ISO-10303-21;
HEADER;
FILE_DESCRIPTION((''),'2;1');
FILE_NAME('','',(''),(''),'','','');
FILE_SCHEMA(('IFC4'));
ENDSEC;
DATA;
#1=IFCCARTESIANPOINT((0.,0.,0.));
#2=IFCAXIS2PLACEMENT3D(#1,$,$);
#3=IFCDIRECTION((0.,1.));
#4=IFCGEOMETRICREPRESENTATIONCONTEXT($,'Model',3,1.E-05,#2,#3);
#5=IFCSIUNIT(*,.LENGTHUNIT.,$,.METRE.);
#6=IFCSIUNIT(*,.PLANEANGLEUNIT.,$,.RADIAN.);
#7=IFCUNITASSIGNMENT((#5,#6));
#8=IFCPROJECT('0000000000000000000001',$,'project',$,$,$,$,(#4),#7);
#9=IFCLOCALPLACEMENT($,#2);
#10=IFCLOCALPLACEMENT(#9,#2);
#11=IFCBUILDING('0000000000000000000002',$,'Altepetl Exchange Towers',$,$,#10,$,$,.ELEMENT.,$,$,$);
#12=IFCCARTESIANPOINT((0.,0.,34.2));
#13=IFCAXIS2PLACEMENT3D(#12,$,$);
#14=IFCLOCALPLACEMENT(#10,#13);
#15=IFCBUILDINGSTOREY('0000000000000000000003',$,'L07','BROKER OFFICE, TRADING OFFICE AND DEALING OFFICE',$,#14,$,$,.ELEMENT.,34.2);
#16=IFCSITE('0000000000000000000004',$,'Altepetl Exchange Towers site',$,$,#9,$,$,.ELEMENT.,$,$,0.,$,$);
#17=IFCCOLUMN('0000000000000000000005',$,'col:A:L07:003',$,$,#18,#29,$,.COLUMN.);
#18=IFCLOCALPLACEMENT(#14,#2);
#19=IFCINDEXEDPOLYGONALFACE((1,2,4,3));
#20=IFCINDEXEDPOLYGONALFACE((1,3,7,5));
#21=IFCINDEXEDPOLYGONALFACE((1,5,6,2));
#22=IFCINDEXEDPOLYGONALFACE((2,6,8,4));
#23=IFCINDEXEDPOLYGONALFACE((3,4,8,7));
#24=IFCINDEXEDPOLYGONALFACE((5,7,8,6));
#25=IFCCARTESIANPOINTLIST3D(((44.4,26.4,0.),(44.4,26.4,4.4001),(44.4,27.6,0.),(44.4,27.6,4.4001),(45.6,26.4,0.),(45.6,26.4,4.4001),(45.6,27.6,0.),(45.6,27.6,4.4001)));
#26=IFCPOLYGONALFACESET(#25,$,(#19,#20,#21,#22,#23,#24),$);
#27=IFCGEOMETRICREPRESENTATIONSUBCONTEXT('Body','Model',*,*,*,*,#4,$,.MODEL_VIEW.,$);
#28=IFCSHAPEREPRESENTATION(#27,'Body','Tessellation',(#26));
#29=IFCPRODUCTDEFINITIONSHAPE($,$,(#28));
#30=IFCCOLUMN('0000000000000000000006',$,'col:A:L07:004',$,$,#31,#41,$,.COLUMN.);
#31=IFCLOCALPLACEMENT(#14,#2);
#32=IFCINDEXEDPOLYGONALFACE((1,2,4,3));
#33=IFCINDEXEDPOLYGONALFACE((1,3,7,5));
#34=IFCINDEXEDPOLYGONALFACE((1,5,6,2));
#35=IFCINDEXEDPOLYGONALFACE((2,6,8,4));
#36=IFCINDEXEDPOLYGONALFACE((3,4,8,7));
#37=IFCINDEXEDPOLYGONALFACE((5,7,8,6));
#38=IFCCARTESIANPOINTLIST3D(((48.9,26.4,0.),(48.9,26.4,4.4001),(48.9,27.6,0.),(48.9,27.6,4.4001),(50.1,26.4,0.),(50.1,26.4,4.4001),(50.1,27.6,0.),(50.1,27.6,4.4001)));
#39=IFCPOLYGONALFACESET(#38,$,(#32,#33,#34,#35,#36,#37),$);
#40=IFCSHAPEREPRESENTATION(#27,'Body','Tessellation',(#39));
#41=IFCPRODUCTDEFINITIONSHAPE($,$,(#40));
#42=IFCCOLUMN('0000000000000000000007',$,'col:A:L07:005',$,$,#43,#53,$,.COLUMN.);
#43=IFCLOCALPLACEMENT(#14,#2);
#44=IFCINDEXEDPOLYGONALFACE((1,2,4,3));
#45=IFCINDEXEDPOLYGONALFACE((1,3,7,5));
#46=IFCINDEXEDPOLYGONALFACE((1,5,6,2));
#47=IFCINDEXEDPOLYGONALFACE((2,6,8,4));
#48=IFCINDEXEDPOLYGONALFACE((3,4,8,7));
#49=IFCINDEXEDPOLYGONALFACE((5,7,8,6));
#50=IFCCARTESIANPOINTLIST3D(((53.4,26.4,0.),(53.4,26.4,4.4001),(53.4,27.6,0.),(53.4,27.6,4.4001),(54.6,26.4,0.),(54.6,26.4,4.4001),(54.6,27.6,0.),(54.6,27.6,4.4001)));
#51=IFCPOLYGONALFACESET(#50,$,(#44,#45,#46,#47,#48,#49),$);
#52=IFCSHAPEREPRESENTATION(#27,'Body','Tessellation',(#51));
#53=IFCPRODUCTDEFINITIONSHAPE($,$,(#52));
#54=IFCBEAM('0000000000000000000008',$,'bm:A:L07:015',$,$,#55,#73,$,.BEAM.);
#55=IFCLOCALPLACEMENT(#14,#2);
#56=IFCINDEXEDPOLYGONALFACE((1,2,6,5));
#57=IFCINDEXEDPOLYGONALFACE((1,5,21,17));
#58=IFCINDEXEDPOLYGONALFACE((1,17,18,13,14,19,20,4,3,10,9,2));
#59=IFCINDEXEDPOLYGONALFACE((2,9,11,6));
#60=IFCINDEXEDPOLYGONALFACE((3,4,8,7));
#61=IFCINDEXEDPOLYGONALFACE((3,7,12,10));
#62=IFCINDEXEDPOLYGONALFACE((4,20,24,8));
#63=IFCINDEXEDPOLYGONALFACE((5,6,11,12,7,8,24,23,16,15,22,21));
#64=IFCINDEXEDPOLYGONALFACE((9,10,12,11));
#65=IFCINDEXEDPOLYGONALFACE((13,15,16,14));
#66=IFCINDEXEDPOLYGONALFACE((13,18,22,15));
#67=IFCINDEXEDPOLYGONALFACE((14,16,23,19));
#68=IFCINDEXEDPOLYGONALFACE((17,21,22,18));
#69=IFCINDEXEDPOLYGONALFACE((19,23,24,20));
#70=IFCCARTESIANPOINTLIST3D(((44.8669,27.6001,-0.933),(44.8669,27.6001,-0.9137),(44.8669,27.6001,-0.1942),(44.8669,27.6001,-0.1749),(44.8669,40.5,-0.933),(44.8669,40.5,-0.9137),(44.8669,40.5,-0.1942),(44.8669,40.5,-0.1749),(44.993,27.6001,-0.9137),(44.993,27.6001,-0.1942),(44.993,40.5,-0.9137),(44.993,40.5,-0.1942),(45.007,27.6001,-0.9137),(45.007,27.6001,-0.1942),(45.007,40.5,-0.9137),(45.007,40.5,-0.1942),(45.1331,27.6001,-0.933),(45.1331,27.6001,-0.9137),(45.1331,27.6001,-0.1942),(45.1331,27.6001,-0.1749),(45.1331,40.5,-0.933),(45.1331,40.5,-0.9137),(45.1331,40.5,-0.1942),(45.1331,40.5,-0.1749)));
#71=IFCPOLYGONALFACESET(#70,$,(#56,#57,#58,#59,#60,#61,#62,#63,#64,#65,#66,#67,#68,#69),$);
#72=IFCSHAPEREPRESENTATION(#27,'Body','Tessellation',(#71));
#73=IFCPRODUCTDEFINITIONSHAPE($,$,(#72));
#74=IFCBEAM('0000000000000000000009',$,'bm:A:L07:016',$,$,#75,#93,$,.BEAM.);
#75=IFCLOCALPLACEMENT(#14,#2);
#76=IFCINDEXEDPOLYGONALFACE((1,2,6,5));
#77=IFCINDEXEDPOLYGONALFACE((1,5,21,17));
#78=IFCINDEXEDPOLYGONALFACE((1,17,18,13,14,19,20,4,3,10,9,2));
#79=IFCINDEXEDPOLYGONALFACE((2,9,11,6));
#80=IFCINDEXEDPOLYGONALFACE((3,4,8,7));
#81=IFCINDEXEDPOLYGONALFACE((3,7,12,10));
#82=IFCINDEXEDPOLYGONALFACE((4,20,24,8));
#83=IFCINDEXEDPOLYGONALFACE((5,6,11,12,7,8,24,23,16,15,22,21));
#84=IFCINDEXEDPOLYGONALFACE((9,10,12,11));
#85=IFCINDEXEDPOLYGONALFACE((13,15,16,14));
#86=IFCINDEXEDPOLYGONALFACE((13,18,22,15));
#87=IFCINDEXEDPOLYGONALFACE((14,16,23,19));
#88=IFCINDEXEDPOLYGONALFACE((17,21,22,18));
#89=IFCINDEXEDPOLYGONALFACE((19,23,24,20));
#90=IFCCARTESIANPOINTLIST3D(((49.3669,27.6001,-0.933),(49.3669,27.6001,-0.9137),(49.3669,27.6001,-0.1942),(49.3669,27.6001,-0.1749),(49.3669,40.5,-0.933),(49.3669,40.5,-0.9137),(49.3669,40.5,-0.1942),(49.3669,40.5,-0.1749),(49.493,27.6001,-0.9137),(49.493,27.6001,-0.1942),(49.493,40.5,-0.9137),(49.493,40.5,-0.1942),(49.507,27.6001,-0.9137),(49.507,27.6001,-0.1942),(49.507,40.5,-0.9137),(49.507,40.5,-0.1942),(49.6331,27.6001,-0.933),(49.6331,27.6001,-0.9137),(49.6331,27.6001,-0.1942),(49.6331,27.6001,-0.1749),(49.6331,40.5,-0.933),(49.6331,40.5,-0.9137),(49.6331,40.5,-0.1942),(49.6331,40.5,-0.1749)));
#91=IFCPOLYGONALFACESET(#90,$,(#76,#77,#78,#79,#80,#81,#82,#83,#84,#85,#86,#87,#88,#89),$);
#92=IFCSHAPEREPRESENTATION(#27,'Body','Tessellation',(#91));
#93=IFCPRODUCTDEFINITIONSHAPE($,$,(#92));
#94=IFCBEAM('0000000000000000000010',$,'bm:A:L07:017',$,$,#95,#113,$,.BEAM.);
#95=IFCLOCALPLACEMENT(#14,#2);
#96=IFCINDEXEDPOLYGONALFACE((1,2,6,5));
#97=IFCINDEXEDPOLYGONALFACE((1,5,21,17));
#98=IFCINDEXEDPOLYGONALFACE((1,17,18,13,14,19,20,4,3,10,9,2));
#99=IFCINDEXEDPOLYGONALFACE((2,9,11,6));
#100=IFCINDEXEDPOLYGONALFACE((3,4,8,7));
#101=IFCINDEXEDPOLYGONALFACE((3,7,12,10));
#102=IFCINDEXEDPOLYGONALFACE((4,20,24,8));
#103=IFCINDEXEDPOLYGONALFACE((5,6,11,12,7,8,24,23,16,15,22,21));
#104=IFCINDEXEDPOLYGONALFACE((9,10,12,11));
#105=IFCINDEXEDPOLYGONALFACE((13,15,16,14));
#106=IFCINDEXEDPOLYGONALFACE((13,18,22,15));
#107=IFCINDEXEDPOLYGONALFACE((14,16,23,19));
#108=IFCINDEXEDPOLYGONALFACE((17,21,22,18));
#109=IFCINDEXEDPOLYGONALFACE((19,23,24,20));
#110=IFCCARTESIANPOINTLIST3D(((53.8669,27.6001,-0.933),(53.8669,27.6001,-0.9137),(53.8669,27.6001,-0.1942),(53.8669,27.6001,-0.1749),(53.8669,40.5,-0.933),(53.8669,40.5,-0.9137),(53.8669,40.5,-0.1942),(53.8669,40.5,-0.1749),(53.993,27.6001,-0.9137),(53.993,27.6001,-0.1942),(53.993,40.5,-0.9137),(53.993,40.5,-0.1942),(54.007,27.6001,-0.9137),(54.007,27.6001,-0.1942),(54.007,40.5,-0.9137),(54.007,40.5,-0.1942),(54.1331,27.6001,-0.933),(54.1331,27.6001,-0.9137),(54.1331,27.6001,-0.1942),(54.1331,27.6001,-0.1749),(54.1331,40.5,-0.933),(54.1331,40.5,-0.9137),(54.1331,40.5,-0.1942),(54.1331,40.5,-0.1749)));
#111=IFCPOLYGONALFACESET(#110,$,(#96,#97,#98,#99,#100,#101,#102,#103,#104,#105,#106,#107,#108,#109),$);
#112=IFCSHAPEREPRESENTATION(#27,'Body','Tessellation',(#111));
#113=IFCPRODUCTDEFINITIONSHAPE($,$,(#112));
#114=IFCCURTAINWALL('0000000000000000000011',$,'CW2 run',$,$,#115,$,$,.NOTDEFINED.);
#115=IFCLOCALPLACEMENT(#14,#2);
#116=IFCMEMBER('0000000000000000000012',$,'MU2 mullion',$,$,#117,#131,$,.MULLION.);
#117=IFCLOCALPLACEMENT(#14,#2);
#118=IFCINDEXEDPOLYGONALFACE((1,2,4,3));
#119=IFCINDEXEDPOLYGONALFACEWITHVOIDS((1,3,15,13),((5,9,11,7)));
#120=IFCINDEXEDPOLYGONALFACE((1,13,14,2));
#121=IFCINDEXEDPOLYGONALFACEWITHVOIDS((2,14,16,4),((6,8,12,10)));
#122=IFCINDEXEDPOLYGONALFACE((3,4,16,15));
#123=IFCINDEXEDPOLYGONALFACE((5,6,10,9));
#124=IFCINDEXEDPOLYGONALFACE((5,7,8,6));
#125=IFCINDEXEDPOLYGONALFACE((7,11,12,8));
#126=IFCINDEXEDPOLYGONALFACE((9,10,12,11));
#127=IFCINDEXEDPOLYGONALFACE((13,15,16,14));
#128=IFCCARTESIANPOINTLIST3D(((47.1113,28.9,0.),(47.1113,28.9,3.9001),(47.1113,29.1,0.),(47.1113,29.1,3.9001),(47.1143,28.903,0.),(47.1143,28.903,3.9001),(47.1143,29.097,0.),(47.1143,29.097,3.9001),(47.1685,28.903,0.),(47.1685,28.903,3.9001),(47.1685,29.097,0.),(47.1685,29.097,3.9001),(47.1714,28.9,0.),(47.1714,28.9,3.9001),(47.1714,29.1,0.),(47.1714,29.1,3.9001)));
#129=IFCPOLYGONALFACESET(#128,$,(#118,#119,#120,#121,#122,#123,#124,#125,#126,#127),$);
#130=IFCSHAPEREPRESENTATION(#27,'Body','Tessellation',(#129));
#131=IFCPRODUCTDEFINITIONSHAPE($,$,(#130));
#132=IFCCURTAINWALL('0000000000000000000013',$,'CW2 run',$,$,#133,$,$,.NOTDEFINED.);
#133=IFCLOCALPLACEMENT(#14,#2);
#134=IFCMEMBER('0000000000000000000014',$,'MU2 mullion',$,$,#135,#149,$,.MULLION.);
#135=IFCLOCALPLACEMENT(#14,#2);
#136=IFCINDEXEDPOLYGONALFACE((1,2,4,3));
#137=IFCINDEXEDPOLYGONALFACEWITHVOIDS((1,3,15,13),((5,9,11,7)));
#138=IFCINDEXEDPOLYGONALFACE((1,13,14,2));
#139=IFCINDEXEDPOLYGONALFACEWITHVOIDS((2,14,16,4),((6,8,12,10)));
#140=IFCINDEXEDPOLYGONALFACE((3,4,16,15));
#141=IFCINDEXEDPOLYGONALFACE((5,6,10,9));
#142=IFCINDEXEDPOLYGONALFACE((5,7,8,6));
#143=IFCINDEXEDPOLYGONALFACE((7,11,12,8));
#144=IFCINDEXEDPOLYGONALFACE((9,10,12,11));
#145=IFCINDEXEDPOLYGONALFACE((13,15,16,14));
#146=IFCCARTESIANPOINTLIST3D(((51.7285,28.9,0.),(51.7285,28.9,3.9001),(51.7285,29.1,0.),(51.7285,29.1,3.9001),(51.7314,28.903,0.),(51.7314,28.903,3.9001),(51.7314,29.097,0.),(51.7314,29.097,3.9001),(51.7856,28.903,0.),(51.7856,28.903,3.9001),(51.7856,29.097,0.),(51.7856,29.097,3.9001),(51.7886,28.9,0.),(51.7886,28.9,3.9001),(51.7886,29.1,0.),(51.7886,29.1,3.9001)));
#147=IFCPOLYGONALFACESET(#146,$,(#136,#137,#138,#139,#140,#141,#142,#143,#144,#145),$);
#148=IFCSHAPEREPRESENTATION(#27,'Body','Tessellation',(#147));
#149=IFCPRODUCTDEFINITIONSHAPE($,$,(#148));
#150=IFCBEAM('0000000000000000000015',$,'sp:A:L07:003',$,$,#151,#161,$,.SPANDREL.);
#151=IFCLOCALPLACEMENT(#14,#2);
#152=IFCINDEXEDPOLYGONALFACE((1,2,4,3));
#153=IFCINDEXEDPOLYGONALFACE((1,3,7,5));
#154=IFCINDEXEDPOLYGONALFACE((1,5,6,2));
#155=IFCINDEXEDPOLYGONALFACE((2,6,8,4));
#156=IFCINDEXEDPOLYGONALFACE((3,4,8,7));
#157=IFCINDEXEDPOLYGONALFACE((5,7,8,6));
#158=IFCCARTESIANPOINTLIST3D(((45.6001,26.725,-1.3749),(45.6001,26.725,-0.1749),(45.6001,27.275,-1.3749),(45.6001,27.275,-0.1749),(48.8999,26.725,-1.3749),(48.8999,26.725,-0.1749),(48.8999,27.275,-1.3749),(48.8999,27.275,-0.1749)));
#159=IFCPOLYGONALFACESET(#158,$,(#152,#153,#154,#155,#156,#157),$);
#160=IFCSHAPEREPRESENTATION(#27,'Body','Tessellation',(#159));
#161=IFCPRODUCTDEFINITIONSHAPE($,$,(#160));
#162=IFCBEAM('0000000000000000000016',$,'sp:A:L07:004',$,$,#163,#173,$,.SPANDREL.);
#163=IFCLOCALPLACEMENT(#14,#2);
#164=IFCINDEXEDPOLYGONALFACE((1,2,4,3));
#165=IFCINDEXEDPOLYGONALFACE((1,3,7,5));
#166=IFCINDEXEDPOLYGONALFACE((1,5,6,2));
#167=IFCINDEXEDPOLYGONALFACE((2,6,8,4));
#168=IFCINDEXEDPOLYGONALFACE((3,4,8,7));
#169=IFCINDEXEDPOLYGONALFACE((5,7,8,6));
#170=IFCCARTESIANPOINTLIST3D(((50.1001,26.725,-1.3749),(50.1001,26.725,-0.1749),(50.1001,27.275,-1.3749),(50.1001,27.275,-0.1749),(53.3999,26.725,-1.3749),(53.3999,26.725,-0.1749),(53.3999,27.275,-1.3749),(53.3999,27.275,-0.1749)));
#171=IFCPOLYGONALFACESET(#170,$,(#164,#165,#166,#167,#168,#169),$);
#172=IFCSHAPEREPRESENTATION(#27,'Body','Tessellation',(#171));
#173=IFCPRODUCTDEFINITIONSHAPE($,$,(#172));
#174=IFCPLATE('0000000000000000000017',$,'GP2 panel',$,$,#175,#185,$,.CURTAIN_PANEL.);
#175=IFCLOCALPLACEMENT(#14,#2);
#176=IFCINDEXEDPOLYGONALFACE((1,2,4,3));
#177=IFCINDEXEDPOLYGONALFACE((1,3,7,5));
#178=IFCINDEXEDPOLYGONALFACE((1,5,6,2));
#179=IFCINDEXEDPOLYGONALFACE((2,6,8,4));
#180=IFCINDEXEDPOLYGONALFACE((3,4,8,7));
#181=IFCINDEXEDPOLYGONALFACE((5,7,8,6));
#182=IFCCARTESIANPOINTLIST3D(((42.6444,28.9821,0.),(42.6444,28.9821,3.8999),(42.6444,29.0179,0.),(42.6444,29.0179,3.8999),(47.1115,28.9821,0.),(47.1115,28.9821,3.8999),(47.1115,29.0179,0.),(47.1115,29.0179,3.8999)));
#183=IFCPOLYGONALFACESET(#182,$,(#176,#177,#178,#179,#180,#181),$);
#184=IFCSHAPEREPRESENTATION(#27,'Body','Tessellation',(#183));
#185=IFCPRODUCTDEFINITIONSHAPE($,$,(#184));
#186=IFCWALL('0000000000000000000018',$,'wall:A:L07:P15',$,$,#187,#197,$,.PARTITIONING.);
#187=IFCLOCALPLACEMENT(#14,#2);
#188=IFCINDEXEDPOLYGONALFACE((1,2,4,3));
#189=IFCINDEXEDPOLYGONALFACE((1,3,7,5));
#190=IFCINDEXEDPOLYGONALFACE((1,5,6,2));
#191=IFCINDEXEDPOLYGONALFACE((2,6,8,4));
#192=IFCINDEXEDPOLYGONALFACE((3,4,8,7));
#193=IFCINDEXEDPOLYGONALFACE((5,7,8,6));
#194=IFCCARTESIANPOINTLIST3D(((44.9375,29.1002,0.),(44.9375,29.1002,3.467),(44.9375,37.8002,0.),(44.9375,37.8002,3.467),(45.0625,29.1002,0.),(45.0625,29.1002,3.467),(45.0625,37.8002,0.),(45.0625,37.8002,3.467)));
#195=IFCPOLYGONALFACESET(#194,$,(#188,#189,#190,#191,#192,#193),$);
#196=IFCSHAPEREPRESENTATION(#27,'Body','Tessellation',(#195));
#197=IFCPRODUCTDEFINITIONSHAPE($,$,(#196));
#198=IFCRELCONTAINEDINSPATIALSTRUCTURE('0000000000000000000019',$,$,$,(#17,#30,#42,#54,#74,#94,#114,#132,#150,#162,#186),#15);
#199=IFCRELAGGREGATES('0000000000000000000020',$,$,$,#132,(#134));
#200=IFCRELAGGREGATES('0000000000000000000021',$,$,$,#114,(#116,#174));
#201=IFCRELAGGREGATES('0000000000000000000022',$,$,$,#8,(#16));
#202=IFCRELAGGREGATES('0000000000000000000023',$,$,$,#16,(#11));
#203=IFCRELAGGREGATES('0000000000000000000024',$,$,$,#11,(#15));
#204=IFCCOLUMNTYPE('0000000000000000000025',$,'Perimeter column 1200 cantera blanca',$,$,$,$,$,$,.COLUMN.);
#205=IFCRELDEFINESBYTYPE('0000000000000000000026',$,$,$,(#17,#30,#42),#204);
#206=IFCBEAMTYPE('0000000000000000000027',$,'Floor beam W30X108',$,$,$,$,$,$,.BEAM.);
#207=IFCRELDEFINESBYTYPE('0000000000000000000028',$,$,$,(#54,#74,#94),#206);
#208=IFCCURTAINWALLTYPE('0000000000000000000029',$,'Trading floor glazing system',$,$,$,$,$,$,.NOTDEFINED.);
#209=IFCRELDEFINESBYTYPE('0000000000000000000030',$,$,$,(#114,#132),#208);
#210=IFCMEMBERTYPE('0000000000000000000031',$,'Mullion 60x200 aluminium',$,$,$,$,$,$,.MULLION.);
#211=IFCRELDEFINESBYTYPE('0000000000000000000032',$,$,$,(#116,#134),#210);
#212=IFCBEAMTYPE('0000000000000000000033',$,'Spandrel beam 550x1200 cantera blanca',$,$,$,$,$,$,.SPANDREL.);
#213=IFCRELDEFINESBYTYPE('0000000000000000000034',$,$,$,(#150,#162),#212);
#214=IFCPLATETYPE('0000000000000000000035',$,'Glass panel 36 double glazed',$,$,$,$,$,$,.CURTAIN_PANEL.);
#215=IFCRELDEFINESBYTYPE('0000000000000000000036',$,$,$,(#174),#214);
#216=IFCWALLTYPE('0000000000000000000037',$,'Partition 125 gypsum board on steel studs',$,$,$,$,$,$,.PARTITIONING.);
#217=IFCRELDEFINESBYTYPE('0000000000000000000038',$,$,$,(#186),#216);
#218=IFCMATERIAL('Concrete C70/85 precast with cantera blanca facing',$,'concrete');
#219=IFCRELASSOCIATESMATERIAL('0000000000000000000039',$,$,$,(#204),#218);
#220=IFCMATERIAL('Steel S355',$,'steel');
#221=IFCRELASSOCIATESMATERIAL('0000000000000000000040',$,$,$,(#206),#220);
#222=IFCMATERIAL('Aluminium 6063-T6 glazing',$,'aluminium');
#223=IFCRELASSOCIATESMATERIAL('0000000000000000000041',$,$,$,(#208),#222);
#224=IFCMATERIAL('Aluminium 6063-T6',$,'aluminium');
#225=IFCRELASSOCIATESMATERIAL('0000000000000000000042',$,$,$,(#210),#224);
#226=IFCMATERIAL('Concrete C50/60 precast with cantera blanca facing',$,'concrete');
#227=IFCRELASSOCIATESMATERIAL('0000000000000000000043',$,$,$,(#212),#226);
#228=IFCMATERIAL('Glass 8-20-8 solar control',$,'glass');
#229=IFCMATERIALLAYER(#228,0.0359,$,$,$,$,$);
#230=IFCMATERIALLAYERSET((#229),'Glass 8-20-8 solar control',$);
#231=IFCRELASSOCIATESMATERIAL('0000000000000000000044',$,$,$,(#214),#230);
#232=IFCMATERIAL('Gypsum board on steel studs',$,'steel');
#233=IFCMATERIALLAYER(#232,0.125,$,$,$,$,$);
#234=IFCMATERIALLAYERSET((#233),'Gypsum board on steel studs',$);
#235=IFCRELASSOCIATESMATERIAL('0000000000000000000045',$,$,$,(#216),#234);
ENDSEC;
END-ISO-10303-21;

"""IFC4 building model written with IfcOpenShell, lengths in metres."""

from ifc_helpers import new_model, si_unit, direction, frame, frame_2d, origin, origin_2d, place, context, subcontext, project, spatial, rectangle, hollow_rectangle, i_section, extrude, material, layer, layer_set, material_profile, profile_set, type_object, element, aggregate, save


model = new_model("IFC4")

# Units and contexts
model_context = context("Model", 3, precision=1e-05, world=origin(), true_north=direction((0.0, 1.0)))
body_context = subcontext(model_context, "Body", "Model", "MODEL_VIEW")
ifc_project = project(units=[si_unit("LENGTHUNIT", "METRE"), si_unit("PLANEANGLEUNIT", "RADIAN")], contexts=[model_context])

# Site, building, storey
site_placement = place(None, origin())
site = spatial("IfcSite", under=ifc_project, at=site_placement, Name="Altepetl Exchange Towers site", CompositionType="ELEMENT", RefElevation=0.0)
building_placement = place(site_placement, origin())
building = spatial("IfcBuilding", under=site, at=building_placement, Name="Altepetl Exchange Towers", CompositionType="ELEMENT")
storey_placement = place(building_placement, frame((0.0, 0.0, 34.2)))
storey = spatial("IfcBuildingStorey", under=building, at=storey_placement, Name="L07", Description="BROKER OFFICE, TRADING OFFICE AND DEALING OFFICE", CompositionType="ELEMENT", Elevation=34.2)

# Columns
ifc_material_1 = material(Name="Concrete C70/85 precast with cantera blanca facing", Category="concrete")
ifc_material_profile_1 = material_profile(ifc_material_1, rectangle(XDim=1.2, YDim=1.2, at=origin_2d()), Name="1200 x 1200")
ifc_profile_set_1 = profile_set([ifc_material_profile_1], Name="Concrete C70/85 precast with cantera blanca facing")
column_type = type_object("IfcColumnType", Name="Perimeter column 1200 cantera blanca", PredefinedType="COLUMN", material=ifc_profile_set_1)
for number, where, name in (
    (1, (45.0, 27.0, 0.0), "col:A:L07:003"),
    (2, (49.5, 27.0, 0.0), "col:A:L07:004"),
    (3, (54.0, 27.0, 0.0), "col:A:L07:005"),
):
    element("IfcColumn", number, at=place(storey_placement, frame(where)), inside=storey, type_object=column_type, Name=name, PredefinedType="COLUMN", context=body_context, shape_type="SweptSolid", body=[
        extrude(rectangle(XDim=1.2, YDim=1.2, at=origin_2d()), origin(), (0.0, 0.0, 1.0), 4.4001),
    ])

# Beams
ifc_material_2 = material(Name="Steel S355", Category="steel")
ifc_material_profile_2 = material_profile(ifc_material_2, i_section(OverallWidth=0.2661, OverallDepth=0.7581, WebThickness=0.0139, FlangeThickness=0.0193, at=origin_2d()), Name="W30X108")
ifc_profile_set_2 = profile_set([ifc_material_profile_2], Name="Steel S355")
beam_type_1 = type_object("IfcBeamType", Name="Floor beam W30X108", PredefinedType="BEAM", material=ifc_profile_set_2)
for number, where, z_axis, x_axis, name in (
    (4, (45.0, 27.6001, -0.554), (0.0, 1.0, 0.0), (-1.0, 0.0, 0.0), "bm:A:L07:015"),
    (5, (49.5, 27.6001, -0.554), (0.0, 1.0, 0.0), (-1.0, 0.0, 0.0), "bm:A:L07:016"),
    (6, (54.0, 27.6001, -0.554), (0.0, 1.0, 0.0), (-1.0, 0.0, 0.0), "bm:A:L07:017"),
):
    element("IfcBeam", number, at=place(storey_placement, frame(where, z_axis=z_axis, x_axis=x_axis)), inside=storey, type_object=beam_type_1, Name=name, PredefinedType="BEAM", context=body_context, shape_type="SweptSolid", body=[
        extrude(i_section(OverallWidth=0.2661, OverallDepth=0.7581, WebThickness=0.0139, FlangeThickness=0.0193, at=origin_2d()), origin(), (0.0, 0.0, 1.0), 12.8999),
    ])

# Curtain walls, members
ifc_material_3 = material(Name="Aluminium 6063-T6 glazing", Category="aluminium")
curtain_wall_type = type_object("IfcCurtainWallType", Name="Trading floor glazing system", PredefinedType="NOTDEFINED", material=ifc_material_3)
curtain_wall_1_placement = place(storey_placement, origin())
curtain_wall_1 = element("IfcCurtainWall", 7, at=curtain_wall_1_placement, inside=storey, type_object=curtain_wall_type, Name="CW2 run", PredefinedType="NOTDEFINED")
ifc_material_4 = material(Name="Aluminium 6063-T6", Category="aluminium")
ifc_material_profile_3 = material_profile(ifc_material_4, hollow_rectangle(XDim=0.0601, YDim=0.2, WallThickness=0.0029, at=origin_2d()), Name="Mullion 60x200 aluminium")
ifc_profile_set_3 = profile_set([ifc_material_profile_3], Name="Aluminium 6063-T6")
member_type = type_object("IfcMemberType", Name="Mullion 60x200 aluminium", PredefinedType="MULLION", material=ifc_profile_set_3)
member_1_placement = place(storey_placement, frame((47.1414, 29.0, 0.0)))
member_1 = element("IfcMember", 8, at=member_1_placement, type_object=member_type, Name="MU2 mullion", PredefinedType="MULLION", context=body_context, shape_type="SweptSolid", body=[
    extrude(hollow_rectangle(XDim=0.0601, YDim=0.2, WallThickness=0.0029, at=origin_2d()), origin(), (0.0, 0.0, 1.0), 3.9001),
])
curtain_wall_2_placement = place(storey_placement, origin())
curtain_wall_2 = element("IfcCurtainWall", 9, at=curtain_wall_2_placement, inside=storey, type_object=curtain_wall_type, Name="CW2 run", PredefinedType="NOTDEFINED")
member_2_placement = place(storey_placement, frame((51.7585, 29.0, 0.0)))
member_2 = element("IfcMember", 10, at=member_2_placement, type_object=member_type, Name="MU2 mullion", PredefinedType="MULLION", context=body_context, shape_type="SweptSolid", body=[
    extrude(hollow_rectangle(XDim=0.0601, YDim=0.2, WallThickness=0.0029, at=origin_2d()), origin(), (0.0, 0.0, 1.0), 3.9001),
])
aggregate(curtain_wall_2, [member_2])

# Beams
ifc_material_5 = material(Name="Concrete C50/60 precast with cantera blanca facing", Category="concrete")
ifc_material_profile_4 = material_profile(ifc_material_5, rectangle(XDim=0.55, YDim=1.2, at=origin_2d()), Name="550 x 1200")
ifc_profile_set_4 = profile_set([ifc_material_profile_4], Name="Concrete C50/60 precast with cantera blanca facing")
beam_type_2 = type_object("IfcBeamType", Name="Spandrel beam 550x1200 cantera blanca", PredefinedType="SPANDREL", material=ifc_profile_set_4)
for number, where, z_axis, x_axis, name in (
    (11, (45.6001, 27.0, -0.7749), (1.0, 0.0, 0.0), (0.0, 1.0, 0.0), "sp:A:L07:003"),
    (12, (50.1001, 27.0, -0.7749), (1.0, 0.0, 0.0), (0.0, 1.0, 0.0), "sp:A:L07:004"),
):
    element("IfcBeam", number, at=place(storey_placement, frame(where, z_axis=z_axis, x_axis=x_axis)), inside=storey, type_object=beam_type_2, Name=name, PredefinedType="SPANDREL", context=body_context, shape_type="SweptSolid", body=[
        extrude(rectangle(XDim=0.55, YDim=1.2, at=origin_2d()), origin(), (0.0, 0.0, 1.0), 3.2998),
    ])

# Plate
ifc_material_6 = material(Name="Glass 8-20-8 solar control", Category="glass")
ifc_layer_1 = layer(ifc_material_6, 0.0359)
ifc_layer_set_1 = layer_set([ifc_layer_1], Name="Glass 8-20-8 solar control")
plate_type = type_object("IfcPlateType", Name="Glass panel 36 double glazed", PredefinedType="CURTAIN_PANEL", material=ifc_layer_set_1)
plate_placement = place(storey_placement, frame((44.8779, 29.0, 0.0)))
plate = element("IfcPlate", 13, at=plate_placement, type_object=plate_type, Name="GP2 panel", PredefinedType="CURTAIN_PANEL", context=body_context, shape_type="SweptSolid", body=[
    extrude(rectangle(XDim=4.467, YDim=0.0359, at=origin_2d()), origin(), (0.0, 0.0, 1.0), 3.8999),
])
aggregate(curtain_wall_1, [member_1, plate])

# Wall
ifc_material_7 = material(Name="Gypsum board on steel studs", Category="steel")
ifc_layer_2 = layer(ifc_material_7, 0.125)
ifc_layer_set_2 = layer_set([ifc_layer_2], Name="Gypsum board on steel studs")
wall_type_1 = type_object("IfcWallType", Name="Partition 125 gypsum board on steel studs", PredefinedType="PARTITIONING", material=ifc_layer_set_2)
for number, where, z_axis, x_axis, name in (
    (14, (45.0, 29.1001, 0.0), (0.0, 0.0, 1.0), (0.0, 1.0, 0.0), "wall:A:L07:P15"),
):
    element("IfcWall", number, at=place(storey_placement, frame(where, z_axis=z_axis, x_axis=x_axis)), inside=storey, type_object=wall_type_1, Name=name, PredefinedType="PARTITIONING", context=body_context, shape_type="SweptSolid", body=[
        extrude(rectangle(XDim=8.7, YDim=0.125, at=frame_2d((4.3501, 0.0))), origin(), (0.0, 0.0, 1.0), 3.467),
    ])

save(model, "model.ifc")
